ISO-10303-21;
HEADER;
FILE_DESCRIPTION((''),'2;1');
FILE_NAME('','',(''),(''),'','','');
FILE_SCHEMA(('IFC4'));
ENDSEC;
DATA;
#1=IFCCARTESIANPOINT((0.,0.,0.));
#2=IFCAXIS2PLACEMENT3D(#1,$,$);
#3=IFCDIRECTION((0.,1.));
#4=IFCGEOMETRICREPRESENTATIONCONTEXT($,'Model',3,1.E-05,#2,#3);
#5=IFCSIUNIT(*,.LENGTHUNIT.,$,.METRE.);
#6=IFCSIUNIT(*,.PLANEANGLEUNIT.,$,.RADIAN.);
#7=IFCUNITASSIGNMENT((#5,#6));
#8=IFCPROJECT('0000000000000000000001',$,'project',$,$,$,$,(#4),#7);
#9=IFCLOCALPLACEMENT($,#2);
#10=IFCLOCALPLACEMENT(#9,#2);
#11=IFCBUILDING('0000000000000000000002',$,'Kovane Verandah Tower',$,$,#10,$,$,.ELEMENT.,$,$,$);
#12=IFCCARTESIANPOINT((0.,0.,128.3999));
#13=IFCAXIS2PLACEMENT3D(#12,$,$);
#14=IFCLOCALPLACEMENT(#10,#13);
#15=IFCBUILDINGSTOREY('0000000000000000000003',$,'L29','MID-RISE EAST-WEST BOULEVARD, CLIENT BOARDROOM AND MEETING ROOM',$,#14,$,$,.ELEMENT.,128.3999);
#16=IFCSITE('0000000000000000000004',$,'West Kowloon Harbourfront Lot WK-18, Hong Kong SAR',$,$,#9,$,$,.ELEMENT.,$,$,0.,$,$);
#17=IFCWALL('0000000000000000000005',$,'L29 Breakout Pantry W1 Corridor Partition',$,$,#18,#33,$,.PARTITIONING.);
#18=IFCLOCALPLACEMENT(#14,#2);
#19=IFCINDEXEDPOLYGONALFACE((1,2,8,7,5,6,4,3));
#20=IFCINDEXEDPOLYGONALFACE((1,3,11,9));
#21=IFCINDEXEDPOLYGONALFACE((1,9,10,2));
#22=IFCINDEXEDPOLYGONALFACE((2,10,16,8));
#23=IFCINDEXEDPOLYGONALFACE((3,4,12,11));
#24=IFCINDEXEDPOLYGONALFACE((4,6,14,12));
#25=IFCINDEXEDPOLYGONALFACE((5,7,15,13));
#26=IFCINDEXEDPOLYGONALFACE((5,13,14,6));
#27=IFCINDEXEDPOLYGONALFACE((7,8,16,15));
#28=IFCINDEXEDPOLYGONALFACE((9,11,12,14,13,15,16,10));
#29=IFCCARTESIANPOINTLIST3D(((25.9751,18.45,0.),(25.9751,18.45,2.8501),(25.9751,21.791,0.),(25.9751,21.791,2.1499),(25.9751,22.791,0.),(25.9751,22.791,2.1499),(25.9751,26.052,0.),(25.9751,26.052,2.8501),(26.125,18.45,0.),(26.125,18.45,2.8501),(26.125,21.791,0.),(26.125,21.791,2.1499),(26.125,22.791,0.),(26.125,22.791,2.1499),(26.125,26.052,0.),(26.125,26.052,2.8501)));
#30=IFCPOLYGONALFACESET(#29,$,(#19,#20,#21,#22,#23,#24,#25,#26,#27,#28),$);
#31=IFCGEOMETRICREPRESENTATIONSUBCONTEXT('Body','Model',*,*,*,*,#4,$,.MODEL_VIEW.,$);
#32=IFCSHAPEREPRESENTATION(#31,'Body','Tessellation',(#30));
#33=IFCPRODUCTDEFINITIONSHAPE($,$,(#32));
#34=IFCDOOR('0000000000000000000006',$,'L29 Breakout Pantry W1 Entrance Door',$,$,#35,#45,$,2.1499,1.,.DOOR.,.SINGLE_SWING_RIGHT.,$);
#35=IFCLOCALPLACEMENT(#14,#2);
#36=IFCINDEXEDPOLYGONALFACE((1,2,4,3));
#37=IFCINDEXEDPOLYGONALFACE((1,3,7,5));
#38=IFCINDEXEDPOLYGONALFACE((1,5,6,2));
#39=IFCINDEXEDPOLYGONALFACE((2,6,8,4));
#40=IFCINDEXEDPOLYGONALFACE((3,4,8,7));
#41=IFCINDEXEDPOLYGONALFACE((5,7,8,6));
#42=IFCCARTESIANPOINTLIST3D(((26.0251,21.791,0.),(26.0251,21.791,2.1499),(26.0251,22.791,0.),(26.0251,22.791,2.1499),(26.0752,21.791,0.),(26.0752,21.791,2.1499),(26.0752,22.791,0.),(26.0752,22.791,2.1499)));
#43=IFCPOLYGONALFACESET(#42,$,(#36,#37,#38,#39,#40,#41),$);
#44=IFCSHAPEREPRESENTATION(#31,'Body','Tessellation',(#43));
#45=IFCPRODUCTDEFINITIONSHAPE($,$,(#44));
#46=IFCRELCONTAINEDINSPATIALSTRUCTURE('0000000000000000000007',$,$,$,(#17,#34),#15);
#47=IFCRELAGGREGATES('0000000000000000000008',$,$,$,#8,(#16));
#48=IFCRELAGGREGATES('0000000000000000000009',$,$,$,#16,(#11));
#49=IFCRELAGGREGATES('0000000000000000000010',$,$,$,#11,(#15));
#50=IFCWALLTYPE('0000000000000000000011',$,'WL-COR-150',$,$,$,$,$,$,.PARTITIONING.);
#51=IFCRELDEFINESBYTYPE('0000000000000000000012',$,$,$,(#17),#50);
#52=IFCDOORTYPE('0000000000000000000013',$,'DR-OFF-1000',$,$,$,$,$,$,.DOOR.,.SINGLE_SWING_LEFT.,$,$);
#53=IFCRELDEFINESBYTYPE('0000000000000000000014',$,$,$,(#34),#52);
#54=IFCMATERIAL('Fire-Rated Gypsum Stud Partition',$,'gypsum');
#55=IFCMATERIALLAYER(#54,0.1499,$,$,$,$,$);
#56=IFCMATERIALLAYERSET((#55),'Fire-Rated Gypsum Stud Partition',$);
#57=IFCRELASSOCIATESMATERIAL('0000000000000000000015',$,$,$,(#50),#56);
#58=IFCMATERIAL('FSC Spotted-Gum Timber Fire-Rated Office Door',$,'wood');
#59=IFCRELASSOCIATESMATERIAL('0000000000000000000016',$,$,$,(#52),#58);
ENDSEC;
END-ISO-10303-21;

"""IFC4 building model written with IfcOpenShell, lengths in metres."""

from ifc_helpers import new_model, si_unit, direction, frame, frame_2d, origin, place, context, subcontext, project, spatial, rectangle, extrude, material, layer, layer_set, type_object, element, fill, save


model = new_model("IFC4")

# Units and contexts
model_context = context("Model", 3, precision=1e-05, world=origin(), true_north=direction((0.0, 1.0)))
body_context = subcontext(model_context, "Body", "Model", "MODEL_VIEW")
ifc_project = project(units=[si_unit("LENGTHUNIT", "METRE"), si_unit("PLANEANGLEUNIT", "RADIAN")], contexts=[model_context])

# Site, building, storey
site_placement = place(None, origin())
site = spatial("IfcSite", under=ifc_project, at=site_placement, Name="West Kowloon Harbourfront Lot WK-18, Hong Kong SAR", CompositionType="ELEMENT", RefElevation=0.0)
building_placement = place(site_placement, origin())
building = spatial("IfcBuilding", under=site, at=building_placement, Name="Kovane Verandah Tower", CompositionType="ELEMENT")
storey_placement = place(building_placement, frame((0.0, 0.0, 128.3999)))
storey = spatial("IfcBuildingStorey", under=building, at=storey_placement, Name="L29", Description="MID-RISE EAST-WEST BOULEVARD, CLIENT BOARDROOM AND MEETING ROOM", CompositionType="ELEMENT", Elevation=128.3999)

# Wall, opening, door
ifc_material_1 = material(Name="Fire-Rated Gypsum Stud Partition", Category="gypsum")
ifc_layer_1 = layer(ifc_material_1, 0.1499)
ifc_layer_set_1 = layer_set([ifc_layer_1], Name="Fire-Rated Gypsum Stud Partition")
wall_type = type_object("IfcWallType", Name="WL-COR-150", PredefinedType="PARTITIONING", material=ifc_layer_set_1)
ifc_material_2 = material(Name="FSC Spotted-Gum Timber Fire-Rated Office Door", Category="wood")
door_type = type_object("IfcDoorType", Name="DR-OFF-1000", OperationType="SINGLE_SWING_LEFT", PredefinedType="DOOR", material=ifc_material_2)
wall_1_placement = place(storey_placement, frame((26.05, 18.45, 0.0), z_axis=(0.0, 0.0, 1.0), x_axis=(0.0, 1.0, 0.0)))
wall_1 = element("IfcWall", 1, at=wall_1_placement, inside=storey, type_object=wall_type, Name="L29 Breakout Pantry W1 Corridor Partition", PredefinedType="PARTITIONING", context=body_context, shape_type="SweptSolid", body=[
    extrude(rectangle(XDim=7.6021, YDim=0.1499, at=frame_2d((3.801, 0.0))), origin(), (0.0, 0.0, 1.0), 2.8501),
])
opening_1_placement = place(wall_1_placement, frame((3.3411, 0.0, 0.0)))
opening_1 = element("IfcOpeningElement", 2, at=opening_1_placement, cuts=wall_1, PredefinedType="OPENING", context=body_context, shape_type="SweptSolid", body=[
    extrude(rectangle(XDim=1.0, YDim=2.1499, at=frame_2d((0.5, 1.075))), frame((0.0, 0.075, 0.0), z_axis=(0.0, -1.0, 0.0), x_axis=(1.0, 0.0, 0.0)), (0.0, 0.0, 1.0), 0.1499),
])
door_1_placement = place(opening_1_placement, origin())
door_1 = element("IfcDoor", 3, at=door_1_placement, inside=storey, type_object=door_type, Name="L29 Breakout Pantry W1 Entrance Door", OperationType="SINGLE_SWING_RIGHT", OverallHeight=2.1499, OverallWidth=1.0, PredefinedType="DOOR", context=body_context, shape_type="SweptSolid", body=[
    extrude(rectangle(XDim=1.0, YDim=2.1499, at=frame_2d((0.5, 1.075))), frame((0.0, 0.0249, 0.0), z_axis=(0.0, -1.0, 0.0), x_axis=(1.0, 0.0, 0.0)), (0.0, 0.0, 1.0), 0.05),
])
fill(opening_1, door_1)

save(model, "model.ifc")
